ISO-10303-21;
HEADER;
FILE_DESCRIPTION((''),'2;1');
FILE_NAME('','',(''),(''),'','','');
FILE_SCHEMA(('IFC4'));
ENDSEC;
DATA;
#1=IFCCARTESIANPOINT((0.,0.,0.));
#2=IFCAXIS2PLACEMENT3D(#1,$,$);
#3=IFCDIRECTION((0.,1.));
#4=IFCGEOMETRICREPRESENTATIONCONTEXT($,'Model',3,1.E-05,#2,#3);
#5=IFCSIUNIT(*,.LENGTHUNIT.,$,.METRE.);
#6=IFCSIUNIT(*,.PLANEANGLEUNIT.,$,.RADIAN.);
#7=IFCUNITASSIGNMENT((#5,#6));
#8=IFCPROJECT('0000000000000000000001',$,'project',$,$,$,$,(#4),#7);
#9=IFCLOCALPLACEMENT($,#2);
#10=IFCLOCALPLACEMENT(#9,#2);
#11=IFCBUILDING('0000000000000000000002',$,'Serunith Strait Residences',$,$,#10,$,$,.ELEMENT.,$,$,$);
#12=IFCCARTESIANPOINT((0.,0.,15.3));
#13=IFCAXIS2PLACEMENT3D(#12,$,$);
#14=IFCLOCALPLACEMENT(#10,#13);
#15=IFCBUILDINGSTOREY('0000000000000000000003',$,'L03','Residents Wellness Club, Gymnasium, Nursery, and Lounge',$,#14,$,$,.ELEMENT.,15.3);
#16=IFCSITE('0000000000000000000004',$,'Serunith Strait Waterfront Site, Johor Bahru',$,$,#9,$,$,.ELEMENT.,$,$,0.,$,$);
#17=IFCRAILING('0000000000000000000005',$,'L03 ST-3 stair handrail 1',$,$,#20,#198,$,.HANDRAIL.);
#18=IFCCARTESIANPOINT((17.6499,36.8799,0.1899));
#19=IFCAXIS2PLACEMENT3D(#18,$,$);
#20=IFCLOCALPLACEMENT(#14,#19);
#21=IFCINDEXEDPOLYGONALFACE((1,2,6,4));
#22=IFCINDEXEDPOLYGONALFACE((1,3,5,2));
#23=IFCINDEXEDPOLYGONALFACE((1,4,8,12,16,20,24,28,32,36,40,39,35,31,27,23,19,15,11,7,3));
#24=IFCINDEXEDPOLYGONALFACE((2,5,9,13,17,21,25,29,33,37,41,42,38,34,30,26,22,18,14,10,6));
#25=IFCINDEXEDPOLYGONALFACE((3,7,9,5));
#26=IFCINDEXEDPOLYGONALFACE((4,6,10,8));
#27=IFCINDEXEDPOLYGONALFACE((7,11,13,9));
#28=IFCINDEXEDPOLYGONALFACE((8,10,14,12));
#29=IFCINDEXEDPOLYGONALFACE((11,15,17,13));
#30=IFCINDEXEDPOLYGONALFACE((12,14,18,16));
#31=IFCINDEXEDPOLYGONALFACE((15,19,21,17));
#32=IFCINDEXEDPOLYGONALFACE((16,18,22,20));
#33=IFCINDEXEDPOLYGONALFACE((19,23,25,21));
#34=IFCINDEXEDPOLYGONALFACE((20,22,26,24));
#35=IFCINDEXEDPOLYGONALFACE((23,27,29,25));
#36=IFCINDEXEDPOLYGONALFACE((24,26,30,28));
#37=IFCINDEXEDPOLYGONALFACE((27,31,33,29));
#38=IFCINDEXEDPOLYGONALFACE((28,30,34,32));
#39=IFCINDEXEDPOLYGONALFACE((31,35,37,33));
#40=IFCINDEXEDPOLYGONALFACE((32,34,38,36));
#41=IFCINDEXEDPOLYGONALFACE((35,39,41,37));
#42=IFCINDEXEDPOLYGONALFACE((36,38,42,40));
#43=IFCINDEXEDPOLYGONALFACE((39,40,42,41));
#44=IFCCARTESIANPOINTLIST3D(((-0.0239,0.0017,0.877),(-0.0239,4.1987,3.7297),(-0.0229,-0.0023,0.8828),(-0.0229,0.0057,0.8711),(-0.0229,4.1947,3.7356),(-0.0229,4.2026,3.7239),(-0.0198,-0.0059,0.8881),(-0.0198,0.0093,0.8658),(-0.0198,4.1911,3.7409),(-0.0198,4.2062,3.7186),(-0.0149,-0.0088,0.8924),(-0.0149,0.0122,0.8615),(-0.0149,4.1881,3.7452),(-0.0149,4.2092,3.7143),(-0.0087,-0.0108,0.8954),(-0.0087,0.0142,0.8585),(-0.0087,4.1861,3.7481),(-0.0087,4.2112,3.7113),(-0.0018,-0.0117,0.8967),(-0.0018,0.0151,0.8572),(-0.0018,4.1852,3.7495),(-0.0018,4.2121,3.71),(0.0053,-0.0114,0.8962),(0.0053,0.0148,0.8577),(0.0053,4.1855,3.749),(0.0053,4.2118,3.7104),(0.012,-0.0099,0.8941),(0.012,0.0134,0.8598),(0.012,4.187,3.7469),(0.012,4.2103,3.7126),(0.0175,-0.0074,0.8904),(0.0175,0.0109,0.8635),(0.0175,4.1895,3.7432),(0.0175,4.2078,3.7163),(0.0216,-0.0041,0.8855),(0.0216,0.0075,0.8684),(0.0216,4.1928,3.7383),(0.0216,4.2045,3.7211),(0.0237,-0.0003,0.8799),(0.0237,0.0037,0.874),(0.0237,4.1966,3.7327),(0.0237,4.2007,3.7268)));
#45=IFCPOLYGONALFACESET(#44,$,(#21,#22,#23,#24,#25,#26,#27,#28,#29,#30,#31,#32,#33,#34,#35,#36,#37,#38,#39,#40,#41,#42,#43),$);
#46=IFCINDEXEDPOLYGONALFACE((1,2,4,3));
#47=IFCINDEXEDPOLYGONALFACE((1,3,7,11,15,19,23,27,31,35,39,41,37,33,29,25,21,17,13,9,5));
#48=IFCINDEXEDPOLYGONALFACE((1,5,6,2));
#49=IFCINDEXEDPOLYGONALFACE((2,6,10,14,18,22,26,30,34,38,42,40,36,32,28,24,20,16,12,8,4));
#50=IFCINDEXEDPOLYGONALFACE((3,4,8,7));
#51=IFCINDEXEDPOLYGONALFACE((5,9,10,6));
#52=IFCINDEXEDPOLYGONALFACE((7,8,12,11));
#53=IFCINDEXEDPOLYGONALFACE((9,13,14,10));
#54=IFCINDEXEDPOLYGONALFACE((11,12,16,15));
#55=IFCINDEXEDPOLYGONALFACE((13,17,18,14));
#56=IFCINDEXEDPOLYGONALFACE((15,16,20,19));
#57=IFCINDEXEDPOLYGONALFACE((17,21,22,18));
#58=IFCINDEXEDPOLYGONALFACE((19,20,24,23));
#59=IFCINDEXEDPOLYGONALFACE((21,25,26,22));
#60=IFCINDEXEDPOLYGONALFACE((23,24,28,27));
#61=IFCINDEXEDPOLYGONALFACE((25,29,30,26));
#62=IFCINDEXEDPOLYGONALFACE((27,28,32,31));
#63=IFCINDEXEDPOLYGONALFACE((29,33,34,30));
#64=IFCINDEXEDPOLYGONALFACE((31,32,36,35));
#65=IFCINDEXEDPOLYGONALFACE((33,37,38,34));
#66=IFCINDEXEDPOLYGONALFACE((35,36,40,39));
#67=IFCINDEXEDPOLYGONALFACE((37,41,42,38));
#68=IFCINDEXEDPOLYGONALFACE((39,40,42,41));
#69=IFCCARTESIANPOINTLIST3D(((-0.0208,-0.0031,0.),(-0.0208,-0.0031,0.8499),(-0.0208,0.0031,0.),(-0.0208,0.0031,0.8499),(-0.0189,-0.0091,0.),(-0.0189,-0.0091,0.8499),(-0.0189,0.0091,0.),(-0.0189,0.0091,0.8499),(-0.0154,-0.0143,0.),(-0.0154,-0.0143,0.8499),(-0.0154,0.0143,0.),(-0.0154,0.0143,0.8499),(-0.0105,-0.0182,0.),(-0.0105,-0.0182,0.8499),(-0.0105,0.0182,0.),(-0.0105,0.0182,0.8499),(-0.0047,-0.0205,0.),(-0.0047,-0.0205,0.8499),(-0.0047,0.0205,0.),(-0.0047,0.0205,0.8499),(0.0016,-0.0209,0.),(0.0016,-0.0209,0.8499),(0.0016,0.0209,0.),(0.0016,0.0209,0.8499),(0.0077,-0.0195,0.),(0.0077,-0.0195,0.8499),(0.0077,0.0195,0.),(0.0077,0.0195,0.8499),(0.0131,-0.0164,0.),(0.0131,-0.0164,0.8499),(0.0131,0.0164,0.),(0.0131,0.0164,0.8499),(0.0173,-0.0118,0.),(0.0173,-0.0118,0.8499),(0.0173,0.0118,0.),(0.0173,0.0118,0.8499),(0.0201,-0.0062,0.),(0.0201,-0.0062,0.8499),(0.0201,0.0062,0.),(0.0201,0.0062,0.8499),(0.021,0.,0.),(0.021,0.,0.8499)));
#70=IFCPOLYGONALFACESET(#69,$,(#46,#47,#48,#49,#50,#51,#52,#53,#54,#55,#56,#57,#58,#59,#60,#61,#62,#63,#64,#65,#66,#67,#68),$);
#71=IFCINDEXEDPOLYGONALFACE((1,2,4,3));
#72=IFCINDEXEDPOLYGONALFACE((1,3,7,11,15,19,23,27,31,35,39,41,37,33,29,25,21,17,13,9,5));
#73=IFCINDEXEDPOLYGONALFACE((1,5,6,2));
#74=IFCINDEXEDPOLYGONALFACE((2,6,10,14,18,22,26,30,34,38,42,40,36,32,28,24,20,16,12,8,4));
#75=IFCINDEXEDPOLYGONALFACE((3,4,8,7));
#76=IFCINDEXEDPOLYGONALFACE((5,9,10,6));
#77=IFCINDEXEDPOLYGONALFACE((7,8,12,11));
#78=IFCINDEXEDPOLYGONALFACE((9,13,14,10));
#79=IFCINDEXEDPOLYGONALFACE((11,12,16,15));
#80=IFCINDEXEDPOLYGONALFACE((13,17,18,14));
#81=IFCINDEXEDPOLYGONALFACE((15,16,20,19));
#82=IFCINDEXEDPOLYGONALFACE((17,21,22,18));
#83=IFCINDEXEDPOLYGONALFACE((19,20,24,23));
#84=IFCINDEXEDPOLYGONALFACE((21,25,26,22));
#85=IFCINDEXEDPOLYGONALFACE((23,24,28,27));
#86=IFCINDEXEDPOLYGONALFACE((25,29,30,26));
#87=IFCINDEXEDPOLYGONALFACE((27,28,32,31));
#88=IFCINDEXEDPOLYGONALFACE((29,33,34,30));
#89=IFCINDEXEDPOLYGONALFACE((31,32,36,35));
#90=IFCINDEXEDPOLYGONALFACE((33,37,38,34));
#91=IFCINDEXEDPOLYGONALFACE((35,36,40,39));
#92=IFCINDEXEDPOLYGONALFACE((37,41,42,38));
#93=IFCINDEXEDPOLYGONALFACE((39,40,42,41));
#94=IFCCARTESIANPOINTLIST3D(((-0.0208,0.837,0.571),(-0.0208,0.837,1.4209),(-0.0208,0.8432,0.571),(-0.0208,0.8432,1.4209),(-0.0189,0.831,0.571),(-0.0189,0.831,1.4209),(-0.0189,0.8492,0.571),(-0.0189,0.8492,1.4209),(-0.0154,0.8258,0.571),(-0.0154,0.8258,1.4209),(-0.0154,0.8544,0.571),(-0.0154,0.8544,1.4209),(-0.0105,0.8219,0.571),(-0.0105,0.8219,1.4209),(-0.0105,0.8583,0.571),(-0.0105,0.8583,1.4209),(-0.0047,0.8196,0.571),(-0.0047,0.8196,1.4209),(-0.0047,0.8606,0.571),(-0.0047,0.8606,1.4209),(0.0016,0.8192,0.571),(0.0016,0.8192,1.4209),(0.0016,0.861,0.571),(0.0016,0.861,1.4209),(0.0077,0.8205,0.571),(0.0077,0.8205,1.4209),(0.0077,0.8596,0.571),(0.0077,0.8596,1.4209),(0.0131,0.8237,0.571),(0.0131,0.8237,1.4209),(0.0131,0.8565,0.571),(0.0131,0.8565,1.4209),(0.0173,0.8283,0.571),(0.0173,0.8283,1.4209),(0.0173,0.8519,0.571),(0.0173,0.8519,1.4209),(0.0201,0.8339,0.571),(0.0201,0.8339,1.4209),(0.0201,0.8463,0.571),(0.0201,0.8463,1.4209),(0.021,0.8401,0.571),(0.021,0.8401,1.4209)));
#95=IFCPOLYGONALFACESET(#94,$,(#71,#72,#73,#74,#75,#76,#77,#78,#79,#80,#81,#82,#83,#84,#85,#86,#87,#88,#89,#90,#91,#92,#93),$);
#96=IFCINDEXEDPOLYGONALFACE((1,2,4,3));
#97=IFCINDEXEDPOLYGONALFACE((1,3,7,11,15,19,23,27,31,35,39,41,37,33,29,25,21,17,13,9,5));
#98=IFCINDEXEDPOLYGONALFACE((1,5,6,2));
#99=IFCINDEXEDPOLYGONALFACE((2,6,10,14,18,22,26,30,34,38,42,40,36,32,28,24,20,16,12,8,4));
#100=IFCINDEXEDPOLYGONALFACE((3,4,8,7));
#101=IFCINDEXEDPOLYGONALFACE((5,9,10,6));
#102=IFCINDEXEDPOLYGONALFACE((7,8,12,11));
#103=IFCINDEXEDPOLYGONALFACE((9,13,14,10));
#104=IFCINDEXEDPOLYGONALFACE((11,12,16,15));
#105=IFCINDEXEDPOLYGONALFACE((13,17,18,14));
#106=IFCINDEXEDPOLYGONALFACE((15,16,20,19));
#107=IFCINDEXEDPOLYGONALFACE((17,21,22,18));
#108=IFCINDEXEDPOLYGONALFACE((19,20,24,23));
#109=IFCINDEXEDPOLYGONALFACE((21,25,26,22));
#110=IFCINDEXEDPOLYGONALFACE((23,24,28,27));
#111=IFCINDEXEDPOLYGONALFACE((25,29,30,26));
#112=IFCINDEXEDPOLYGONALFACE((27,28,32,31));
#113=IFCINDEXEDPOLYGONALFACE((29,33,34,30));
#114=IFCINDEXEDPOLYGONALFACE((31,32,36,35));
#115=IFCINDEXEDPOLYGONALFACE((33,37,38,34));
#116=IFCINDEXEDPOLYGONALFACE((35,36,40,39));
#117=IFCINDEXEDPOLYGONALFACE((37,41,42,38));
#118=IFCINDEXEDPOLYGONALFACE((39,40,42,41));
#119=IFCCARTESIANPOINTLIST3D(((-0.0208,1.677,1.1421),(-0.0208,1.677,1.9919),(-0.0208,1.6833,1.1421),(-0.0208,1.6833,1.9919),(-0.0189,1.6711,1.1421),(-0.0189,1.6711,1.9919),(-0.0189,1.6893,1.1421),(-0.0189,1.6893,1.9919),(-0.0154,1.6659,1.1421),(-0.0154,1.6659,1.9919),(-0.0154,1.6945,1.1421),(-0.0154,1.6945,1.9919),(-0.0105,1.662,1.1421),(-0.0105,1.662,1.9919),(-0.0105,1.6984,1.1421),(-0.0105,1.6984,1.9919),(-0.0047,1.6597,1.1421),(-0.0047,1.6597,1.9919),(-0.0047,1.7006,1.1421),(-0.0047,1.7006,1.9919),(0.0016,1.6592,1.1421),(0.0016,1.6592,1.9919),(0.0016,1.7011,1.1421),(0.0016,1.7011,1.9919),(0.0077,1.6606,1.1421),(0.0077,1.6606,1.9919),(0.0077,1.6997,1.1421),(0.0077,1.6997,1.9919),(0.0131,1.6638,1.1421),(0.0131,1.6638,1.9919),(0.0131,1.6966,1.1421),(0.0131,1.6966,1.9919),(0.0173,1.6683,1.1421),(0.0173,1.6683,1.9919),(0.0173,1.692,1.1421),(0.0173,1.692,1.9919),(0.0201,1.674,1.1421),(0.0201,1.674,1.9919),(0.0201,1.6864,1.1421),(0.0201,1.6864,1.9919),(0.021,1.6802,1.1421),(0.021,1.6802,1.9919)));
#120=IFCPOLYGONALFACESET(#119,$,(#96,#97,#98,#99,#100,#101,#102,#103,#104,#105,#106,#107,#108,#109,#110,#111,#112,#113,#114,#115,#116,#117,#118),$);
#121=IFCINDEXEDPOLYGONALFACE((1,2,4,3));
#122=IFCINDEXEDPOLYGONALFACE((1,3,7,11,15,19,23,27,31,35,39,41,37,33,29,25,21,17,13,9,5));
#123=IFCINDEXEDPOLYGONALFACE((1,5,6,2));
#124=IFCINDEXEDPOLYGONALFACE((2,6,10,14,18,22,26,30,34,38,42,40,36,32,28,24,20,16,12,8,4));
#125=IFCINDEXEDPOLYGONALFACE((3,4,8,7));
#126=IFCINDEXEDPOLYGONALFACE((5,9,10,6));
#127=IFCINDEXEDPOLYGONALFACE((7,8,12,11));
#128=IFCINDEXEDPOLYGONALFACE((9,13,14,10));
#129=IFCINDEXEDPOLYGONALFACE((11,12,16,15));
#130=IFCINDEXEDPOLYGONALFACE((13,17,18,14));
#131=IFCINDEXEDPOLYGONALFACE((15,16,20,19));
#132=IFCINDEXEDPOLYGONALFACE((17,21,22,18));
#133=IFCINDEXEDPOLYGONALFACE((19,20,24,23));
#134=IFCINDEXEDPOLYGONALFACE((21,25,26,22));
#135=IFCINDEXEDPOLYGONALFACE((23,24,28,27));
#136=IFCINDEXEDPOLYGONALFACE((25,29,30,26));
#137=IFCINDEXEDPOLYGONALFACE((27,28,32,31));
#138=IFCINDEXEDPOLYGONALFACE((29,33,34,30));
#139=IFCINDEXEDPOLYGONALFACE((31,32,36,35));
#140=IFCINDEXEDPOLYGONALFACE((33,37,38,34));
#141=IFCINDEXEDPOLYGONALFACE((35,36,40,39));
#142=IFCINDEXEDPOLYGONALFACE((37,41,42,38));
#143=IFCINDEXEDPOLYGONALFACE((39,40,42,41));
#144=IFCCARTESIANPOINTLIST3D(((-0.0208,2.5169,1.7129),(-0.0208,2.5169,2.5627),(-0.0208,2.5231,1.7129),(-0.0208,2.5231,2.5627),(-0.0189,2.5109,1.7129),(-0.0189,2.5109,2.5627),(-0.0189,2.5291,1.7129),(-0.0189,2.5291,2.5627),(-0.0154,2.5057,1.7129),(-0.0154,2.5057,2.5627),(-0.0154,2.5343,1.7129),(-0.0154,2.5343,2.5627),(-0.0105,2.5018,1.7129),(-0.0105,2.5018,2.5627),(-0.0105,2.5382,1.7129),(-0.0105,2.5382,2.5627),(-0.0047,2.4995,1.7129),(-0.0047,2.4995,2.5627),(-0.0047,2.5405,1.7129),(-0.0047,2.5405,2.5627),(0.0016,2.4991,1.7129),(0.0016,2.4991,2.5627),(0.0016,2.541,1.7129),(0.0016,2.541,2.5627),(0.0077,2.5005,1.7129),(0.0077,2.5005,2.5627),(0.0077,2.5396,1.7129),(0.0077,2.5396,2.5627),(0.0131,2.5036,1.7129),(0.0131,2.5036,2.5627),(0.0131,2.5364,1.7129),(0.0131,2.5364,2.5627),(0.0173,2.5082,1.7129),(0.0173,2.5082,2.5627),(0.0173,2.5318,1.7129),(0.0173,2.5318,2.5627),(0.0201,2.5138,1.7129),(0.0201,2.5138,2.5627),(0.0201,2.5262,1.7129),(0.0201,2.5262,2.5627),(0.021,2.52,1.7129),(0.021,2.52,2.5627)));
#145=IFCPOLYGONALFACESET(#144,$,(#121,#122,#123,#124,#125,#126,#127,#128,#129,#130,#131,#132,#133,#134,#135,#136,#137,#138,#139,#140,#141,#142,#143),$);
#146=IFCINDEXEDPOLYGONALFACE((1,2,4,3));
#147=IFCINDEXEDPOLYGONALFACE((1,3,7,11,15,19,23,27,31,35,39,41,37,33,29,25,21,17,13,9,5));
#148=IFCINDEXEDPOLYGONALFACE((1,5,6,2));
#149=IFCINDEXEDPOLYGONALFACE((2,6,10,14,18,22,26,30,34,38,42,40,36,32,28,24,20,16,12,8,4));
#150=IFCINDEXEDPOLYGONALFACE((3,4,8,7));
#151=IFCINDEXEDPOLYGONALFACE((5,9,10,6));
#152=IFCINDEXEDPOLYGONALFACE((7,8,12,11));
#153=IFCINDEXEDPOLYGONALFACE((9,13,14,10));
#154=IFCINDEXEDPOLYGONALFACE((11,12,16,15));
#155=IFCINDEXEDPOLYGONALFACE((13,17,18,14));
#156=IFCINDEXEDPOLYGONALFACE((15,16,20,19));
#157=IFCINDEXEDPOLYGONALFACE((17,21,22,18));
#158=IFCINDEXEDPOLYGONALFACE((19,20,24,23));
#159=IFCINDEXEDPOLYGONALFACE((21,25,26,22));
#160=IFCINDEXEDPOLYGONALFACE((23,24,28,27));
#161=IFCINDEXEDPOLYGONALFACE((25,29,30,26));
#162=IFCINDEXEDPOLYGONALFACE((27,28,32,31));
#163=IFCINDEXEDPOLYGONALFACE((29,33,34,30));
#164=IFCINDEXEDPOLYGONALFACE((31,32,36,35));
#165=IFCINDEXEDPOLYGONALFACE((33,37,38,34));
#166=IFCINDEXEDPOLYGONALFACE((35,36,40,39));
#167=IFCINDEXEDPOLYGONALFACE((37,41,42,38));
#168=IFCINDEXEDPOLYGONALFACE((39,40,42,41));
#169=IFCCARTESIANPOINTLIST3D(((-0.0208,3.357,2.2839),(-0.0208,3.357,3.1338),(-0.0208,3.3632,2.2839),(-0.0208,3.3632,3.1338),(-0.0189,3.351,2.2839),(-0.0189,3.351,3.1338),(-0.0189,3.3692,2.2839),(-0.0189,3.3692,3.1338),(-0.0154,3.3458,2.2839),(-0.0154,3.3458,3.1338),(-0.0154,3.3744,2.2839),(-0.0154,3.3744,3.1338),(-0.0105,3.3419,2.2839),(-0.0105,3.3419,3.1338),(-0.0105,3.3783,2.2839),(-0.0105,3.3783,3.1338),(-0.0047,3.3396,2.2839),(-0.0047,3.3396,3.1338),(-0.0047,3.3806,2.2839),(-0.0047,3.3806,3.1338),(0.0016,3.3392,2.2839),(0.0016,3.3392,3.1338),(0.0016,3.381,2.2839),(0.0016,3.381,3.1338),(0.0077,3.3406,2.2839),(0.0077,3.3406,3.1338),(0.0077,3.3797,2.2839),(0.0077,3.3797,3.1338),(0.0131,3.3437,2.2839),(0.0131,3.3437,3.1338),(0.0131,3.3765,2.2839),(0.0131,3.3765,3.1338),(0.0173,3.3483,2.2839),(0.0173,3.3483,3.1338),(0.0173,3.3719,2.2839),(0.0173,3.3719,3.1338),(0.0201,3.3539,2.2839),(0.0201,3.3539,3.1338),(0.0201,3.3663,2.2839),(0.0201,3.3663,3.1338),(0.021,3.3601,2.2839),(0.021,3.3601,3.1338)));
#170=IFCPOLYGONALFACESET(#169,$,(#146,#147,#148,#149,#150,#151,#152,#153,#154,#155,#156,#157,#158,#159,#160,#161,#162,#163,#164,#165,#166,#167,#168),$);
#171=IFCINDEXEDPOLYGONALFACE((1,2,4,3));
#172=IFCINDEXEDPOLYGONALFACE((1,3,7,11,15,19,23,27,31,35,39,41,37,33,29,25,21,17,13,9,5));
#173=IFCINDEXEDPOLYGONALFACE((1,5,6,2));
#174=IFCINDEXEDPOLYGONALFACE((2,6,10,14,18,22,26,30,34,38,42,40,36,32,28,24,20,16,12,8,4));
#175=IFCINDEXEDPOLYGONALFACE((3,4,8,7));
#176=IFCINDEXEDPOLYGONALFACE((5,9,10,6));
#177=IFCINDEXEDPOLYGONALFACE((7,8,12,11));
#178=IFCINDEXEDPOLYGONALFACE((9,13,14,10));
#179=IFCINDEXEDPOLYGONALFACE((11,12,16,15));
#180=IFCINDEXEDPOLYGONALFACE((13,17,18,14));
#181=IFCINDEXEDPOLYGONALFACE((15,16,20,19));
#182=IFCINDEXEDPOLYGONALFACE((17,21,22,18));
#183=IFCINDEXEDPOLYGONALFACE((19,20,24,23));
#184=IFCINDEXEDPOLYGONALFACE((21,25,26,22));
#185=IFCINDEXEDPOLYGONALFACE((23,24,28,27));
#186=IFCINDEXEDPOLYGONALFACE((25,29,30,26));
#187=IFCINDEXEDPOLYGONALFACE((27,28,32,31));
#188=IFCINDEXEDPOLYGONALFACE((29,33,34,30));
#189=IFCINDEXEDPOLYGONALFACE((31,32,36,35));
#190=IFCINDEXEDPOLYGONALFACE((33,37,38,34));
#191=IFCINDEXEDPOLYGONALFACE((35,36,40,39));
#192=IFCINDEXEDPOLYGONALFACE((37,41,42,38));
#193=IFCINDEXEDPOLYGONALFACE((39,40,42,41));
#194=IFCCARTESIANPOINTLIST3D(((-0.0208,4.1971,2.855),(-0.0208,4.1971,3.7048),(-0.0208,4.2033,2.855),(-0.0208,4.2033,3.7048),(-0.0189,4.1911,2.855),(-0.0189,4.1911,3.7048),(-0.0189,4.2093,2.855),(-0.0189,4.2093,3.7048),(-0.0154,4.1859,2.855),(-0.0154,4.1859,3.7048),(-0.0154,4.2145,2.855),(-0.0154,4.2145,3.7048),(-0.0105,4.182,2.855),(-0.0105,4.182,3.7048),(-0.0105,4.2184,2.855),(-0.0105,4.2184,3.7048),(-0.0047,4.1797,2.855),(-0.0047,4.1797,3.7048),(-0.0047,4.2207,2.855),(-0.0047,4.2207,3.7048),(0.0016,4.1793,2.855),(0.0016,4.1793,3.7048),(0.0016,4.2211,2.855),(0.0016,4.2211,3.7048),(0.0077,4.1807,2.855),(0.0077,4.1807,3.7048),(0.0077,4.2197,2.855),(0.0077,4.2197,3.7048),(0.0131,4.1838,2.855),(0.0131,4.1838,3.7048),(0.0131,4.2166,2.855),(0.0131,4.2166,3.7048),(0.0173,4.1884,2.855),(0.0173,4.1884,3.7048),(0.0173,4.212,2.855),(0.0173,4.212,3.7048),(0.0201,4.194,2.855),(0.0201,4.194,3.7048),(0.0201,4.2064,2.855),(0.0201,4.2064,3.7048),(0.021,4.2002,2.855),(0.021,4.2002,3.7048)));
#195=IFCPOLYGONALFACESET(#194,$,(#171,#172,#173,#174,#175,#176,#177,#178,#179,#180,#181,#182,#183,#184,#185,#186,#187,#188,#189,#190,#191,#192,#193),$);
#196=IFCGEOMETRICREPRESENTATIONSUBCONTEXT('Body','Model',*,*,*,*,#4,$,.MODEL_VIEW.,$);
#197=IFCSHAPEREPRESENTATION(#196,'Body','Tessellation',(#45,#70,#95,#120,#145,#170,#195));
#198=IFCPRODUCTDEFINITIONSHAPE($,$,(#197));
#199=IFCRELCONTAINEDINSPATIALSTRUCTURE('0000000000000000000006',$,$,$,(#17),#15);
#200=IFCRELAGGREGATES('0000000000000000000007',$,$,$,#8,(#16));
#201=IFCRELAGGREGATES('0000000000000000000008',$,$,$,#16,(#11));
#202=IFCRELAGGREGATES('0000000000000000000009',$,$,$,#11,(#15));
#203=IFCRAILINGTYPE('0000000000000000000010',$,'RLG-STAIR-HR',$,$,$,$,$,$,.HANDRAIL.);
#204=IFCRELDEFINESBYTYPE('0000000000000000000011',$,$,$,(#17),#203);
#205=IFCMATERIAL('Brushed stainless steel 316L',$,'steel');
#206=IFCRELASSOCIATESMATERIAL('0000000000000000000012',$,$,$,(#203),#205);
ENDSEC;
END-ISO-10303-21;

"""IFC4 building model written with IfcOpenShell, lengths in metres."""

from ifc_helpers import new_model, si_unit, direction, frame, origin, origin_2d, place, context, subcontext, project, spatial, circle, extrude, material, type_object, element, save


model = new_model("IFC4")

# Units and contexts
model_context = context("Model", 3, precision=1e-05, world=origin(), true_north=direction((0.0, 1.0)))
body_context = subcontext(model_context, "Body", "Model", "MODEL_VIEW")
ifc_project = project(units=[si_unit("LENGTHUNIT", "METRE"), si_unit("PLANEANGLEUNIT", "RADIAN")], contexts=[model_context])

# Site, building, storey
site_placement = place(None, origin())
site = spatial("IfcSite", under=ifc_project, at=site_placement, Name="Serunith Strait Waterfront Site, Johor Bahru", CompositionType="ELEMENT", RefElevation=0.0)
building_placement = place(site_placement, origin())
building = spatial("IfcBuilding", under=site, at=building_placement, Name="Serunith Strait Residences", CompositionType="ELEMENT")
storey_placement = place(building_placement, frame((0.0, 0.0, 15.3)))
storey = spatial("IfcBuildingStorey", under=building, at=storey_placement, Name="L03", Description="Residents Wellness Club, Gymnasium, Nursery, and Lounge", CompositionType="ELEMENT", Elevation=15.3)

# Railing
ifc_material_1 = material(Name="Brushed stainless steel 316L", Category="steel")
railing_type_1 = type_object("IfcRailingType", Name="RLG-STAIR-HR", PredefinedType="HANDRAIL", material=ifc_material_1)
railing_1_placement = place(storey_placement, frame((17.6499, 36.8799, 0.1899)))
element("IfcRailing", 1, at=railing_1_placement, inside=storey, type_object=railing_type_1, Name="L03 ST-3 stair handrail 1", PredefinedType="HANDRAIL", context=body_context, shape_type="SweptSolid", body=[
    extrude(circle(Radius=0.0239, at=origin_2d()), frame((0.0, 0.0017, 0.877), z_axis=(0.0, 0.827032, 0.562155), x_axis=(-1.0, 0.0, 0.0)), (0.0, 0.0, 1.0), 5.0747),
    extrude(circle(Radius=0.021, at=origin_2d()), origin(), (0.0, 0.0, 1.0), 0.8499),
    extrude(circle(Radius=0.021, at=origin_2d()), frame((0.0, 0.8401, 0.571)), (0.0, 0.0, 1.0), 0.8499),
    extrude(circle(Radius=0.021, at=origin_2d()), frame((0.0, 1.6802, 1.1421)), (0.0, 0.0, 1.0), 0.8499),
    extrude(circle(Radius=0.021, at=origin_2d()), frame((0.0, 2.52, 1.7129)), (0.0, 0.0, 1.0), 0.8499),
    extrude(circle(Radius=0.021, at=origin_2d()), frame((0.0, 3.3601, 2.2839)), (0.0, 0.0, 1.0), 0.8499),
    extrude(circle(Radius=0.021, at=origin_2d()), frame((0.0, 4.2002, 2.855)), (0.0, 0.0, 1.0), 0.8499),
])

save(model, "model.ifc")
